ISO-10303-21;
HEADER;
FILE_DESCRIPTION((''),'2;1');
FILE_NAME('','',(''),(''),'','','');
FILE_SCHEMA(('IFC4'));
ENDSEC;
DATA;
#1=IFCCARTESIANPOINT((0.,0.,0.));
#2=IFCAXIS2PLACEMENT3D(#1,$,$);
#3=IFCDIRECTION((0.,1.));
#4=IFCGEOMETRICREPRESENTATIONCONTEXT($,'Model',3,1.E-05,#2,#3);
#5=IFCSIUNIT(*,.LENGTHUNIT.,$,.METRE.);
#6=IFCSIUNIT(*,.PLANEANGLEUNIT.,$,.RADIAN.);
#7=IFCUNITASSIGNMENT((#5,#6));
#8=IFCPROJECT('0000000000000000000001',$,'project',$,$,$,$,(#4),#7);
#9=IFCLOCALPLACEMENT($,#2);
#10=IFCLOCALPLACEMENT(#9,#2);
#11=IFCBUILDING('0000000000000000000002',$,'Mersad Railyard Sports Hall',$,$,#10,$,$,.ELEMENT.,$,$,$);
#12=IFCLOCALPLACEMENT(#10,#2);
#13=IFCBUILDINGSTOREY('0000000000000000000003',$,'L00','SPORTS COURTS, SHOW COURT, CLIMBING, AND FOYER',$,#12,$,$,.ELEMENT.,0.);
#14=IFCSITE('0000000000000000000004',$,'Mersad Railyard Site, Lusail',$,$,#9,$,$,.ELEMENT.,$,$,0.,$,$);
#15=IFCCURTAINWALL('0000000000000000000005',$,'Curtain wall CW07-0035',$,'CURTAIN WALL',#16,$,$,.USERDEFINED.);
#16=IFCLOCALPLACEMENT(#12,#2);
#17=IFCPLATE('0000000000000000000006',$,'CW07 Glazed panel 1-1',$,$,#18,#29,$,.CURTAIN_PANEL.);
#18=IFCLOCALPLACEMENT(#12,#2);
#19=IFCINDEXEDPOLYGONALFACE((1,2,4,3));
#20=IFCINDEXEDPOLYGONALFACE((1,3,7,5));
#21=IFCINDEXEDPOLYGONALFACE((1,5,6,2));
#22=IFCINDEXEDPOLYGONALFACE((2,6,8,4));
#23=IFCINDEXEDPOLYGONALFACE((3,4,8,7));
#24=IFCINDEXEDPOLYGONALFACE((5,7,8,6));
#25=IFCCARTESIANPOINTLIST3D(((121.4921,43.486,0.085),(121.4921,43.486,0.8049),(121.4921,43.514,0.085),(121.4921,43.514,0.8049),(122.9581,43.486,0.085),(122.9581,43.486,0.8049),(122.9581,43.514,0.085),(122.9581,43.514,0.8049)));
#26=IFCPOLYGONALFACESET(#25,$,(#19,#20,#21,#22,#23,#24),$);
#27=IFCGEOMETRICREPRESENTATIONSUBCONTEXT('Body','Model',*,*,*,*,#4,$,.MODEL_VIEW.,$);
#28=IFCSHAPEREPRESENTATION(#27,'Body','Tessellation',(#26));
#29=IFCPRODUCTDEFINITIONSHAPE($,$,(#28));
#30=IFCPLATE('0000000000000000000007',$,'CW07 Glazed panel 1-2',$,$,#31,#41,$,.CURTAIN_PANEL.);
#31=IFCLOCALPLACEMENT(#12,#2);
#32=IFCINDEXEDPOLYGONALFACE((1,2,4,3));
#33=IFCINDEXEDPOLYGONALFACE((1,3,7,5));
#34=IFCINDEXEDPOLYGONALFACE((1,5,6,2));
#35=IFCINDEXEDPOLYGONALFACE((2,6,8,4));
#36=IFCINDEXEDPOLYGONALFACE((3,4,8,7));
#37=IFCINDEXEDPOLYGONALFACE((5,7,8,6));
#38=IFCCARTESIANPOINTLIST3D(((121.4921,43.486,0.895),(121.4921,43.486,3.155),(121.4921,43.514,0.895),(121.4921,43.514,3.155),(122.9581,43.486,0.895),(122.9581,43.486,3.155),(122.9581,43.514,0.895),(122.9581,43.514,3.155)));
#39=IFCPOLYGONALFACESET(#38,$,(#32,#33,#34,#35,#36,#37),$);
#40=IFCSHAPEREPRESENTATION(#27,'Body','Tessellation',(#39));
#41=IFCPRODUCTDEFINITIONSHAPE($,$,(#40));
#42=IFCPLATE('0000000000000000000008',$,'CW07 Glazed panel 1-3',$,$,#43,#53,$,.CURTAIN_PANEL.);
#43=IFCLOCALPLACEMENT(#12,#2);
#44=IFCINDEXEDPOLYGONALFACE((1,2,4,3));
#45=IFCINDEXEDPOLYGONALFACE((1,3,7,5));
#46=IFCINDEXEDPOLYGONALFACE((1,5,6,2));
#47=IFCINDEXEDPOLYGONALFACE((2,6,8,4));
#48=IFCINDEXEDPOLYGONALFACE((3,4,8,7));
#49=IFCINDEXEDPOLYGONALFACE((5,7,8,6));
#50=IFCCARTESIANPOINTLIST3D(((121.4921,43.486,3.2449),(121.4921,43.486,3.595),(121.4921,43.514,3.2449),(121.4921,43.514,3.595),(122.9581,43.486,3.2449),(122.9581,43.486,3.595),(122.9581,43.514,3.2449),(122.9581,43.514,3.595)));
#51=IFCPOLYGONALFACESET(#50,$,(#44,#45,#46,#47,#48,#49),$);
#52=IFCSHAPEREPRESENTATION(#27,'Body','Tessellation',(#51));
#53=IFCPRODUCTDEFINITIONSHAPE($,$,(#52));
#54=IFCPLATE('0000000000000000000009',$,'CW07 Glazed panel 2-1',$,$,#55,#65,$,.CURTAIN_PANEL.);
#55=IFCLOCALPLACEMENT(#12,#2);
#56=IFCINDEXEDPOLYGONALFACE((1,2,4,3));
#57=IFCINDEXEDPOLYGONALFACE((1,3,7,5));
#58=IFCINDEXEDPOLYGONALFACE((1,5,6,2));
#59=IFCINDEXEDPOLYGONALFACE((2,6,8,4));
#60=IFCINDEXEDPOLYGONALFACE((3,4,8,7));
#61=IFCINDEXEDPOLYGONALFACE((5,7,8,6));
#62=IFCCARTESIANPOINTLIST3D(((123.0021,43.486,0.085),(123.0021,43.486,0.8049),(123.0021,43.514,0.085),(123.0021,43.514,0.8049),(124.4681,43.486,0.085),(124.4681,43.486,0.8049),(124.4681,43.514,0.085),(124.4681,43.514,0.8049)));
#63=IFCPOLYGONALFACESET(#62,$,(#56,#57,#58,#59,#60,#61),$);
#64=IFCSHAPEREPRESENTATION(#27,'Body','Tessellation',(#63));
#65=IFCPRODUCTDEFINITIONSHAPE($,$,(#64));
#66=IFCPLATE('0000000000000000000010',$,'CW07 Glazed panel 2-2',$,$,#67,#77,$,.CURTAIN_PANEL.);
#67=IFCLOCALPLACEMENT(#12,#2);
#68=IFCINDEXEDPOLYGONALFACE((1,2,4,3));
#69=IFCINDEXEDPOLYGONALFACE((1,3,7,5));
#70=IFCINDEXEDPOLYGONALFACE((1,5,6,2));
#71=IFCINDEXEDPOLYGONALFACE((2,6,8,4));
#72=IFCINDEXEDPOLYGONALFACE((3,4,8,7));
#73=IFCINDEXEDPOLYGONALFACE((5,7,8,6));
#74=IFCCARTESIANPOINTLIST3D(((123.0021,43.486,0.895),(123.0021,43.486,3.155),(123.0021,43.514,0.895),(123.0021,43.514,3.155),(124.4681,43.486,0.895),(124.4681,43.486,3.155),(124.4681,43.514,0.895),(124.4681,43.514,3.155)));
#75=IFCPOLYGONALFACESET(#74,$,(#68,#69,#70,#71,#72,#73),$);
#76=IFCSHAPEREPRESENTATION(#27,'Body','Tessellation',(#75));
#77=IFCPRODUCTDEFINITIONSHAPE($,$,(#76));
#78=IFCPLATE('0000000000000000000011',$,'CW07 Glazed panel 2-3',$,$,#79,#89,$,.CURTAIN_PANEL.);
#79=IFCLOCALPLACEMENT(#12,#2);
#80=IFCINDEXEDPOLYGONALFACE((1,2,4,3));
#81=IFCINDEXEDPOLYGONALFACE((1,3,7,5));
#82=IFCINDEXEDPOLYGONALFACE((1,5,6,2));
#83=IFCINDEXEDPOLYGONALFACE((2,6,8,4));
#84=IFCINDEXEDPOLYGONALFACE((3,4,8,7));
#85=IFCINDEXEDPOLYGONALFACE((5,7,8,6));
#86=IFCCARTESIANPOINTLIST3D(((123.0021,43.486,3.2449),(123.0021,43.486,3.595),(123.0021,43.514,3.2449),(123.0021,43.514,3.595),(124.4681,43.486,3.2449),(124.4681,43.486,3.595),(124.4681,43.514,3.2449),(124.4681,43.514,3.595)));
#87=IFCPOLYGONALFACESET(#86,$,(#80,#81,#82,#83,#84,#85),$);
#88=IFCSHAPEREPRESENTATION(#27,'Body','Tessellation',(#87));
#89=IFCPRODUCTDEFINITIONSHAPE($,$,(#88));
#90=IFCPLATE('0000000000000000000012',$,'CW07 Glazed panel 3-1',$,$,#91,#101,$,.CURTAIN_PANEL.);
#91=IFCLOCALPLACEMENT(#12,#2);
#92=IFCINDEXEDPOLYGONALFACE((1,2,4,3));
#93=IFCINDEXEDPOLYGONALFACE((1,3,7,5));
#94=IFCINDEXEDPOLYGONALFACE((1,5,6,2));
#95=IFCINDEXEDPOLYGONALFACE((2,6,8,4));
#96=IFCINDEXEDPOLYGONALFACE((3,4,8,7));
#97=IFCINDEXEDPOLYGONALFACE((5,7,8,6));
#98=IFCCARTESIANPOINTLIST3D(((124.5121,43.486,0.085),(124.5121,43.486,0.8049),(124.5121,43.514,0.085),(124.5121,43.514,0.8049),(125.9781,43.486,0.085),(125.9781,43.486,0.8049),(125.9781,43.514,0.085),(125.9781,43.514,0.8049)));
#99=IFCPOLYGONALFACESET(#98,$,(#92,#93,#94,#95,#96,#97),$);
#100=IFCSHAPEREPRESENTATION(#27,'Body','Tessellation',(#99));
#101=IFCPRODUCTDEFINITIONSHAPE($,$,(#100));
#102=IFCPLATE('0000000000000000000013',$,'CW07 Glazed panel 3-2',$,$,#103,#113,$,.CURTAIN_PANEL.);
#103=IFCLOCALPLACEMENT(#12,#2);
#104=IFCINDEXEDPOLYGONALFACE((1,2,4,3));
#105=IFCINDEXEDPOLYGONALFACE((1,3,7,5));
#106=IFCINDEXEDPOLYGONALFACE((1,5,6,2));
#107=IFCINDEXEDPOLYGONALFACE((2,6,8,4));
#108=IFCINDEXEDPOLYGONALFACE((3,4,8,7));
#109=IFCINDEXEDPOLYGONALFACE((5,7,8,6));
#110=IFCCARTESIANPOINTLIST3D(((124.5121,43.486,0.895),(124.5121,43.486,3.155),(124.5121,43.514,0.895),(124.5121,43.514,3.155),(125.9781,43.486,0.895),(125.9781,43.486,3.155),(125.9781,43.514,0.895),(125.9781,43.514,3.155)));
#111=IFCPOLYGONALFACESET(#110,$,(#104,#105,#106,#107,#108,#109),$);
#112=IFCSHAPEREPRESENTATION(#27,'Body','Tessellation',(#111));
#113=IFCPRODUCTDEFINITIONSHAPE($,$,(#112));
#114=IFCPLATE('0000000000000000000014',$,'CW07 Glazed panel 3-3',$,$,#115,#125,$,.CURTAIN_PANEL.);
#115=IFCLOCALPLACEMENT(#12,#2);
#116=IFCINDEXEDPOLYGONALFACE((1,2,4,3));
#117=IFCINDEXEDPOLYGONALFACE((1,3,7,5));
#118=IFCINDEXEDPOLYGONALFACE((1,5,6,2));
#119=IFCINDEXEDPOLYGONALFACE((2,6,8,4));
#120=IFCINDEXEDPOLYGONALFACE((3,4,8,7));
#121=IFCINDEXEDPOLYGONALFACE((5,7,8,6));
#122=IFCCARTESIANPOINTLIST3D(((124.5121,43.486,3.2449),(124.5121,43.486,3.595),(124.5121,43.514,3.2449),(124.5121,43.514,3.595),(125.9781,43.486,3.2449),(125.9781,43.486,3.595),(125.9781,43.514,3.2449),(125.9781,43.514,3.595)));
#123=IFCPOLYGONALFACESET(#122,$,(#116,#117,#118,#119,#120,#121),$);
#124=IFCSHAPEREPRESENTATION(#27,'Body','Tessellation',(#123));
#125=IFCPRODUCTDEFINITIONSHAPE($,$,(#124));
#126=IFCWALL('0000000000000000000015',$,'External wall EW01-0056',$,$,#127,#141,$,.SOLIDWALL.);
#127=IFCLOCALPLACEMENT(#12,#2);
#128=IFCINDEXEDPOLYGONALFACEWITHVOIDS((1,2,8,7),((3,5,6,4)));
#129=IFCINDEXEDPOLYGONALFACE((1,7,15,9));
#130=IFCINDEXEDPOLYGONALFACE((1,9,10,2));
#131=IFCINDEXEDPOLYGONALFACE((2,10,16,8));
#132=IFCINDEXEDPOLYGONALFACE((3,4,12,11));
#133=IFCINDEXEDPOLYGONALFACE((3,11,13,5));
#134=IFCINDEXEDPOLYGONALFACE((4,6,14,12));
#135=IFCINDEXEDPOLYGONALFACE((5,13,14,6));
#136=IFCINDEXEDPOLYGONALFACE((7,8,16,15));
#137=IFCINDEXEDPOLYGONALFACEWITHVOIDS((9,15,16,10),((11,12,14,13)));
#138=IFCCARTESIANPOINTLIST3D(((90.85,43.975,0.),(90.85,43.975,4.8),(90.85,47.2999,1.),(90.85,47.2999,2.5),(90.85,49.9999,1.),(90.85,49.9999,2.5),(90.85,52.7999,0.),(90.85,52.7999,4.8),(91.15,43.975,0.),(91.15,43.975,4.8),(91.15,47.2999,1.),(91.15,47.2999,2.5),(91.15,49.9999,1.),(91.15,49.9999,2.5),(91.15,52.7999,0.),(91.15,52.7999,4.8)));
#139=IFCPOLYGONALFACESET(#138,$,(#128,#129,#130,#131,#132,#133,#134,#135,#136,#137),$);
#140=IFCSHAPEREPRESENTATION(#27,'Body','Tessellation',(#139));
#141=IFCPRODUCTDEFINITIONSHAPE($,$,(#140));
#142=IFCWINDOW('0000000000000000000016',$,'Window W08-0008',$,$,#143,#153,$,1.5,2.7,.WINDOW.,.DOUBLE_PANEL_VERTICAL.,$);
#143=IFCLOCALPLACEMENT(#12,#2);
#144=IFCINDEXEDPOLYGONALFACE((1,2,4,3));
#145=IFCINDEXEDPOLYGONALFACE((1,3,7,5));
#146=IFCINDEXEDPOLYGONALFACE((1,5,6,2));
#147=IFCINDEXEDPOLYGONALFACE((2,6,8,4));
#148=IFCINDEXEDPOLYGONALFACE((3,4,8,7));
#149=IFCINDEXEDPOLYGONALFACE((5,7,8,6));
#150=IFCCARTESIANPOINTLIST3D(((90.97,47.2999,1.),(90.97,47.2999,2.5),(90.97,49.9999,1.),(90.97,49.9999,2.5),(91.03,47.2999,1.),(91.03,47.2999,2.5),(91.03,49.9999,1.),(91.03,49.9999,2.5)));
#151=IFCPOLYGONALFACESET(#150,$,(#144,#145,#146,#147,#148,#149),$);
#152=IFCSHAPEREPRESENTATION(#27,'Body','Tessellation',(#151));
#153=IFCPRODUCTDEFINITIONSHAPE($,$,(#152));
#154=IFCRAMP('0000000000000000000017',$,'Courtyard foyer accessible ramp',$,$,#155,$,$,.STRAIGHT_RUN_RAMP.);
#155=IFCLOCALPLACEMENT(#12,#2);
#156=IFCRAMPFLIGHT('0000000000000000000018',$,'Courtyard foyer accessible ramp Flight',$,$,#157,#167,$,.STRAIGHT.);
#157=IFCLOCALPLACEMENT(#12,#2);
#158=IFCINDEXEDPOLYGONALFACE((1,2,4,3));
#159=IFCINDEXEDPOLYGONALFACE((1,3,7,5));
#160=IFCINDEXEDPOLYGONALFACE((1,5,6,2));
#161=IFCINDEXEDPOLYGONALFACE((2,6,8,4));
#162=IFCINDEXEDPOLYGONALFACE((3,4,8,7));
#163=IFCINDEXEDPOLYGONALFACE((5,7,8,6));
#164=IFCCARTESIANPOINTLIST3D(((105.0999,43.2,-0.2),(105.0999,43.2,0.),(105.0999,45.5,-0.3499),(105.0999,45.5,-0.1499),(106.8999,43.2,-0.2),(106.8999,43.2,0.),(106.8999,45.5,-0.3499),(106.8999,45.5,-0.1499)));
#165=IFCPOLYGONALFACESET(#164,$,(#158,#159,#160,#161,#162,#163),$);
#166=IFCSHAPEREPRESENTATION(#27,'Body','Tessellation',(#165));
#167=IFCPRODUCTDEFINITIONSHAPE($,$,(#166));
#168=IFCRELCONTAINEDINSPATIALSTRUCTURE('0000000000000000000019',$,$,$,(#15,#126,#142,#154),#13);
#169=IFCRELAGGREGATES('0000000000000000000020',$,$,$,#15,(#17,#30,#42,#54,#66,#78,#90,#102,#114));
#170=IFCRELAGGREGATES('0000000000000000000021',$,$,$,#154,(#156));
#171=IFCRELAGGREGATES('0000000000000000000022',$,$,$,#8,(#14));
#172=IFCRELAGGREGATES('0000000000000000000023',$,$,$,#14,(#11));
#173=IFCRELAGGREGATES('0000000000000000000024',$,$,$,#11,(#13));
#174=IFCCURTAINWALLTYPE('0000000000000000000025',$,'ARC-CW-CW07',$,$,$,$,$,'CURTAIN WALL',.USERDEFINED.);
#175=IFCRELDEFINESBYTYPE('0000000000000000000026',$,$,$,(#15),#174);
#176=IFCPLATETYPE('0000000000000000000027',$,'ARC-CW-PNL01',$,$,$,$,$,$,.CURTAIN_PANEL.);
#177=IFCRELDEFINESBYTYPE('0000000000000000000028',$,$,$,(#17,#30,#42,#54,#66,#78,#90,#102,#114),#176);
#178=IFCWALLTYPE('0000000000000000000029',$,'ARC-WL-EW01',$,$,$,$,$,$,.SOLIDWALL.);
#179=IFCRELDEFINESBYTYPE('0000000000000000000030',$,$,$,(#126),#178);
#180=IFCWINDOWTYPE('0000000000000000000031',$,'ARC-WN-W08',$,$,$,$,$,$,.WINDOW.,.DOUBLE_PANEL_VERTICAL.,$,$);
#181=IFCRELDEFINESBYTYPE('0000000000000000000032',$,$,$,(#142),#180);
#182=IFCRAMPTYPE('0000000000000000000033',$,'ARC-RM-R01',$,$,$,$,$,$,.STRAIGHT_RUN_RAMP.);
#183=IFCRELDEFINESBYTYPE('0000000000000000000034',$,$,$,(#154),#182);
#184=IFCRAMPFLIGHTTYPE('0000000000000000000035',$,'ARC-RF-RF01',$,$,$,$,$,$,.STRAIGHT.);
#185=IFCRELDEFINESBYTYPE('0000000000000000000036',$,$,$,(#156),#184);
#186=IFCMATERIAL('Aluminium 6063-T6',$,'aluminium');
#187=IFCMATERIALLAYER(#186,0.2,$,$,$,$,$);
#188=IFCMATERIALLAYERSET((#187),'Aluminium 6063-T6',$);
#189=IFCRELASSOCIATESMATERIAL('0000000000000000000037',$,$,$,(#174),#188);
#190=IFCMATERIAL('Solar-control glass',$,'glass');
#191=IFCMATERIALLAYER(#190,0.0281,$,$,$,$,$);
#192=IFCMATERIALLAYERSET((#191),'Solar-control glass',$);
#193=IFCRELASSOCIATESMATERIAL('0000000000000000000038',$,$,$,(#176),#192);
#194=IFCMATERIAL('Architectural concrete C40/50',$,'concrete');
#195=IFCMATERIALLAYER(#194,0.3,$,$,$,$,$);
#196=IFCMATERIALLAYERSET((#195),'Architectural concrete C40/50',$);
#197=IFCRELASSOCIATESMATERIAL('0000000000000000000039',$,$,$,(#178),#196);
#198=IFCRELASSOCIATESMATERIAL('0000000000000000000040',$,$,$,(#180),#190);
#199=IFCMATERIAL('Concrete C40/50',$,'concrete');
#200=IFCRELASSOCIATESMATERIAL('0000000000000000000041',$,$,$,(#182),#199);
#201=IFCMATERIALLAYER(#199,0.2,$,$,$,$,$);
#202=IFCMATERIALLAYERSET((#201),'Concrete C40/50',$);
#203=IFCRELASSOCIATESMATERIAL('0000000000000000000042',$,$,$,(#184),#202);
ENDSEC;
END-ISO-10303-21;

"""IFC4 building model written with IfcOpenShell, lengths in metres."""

from ifc_helpers import new_model, si_unit, direction, frame, frame_2d, origin, origin_2d, place, context, subcontext, project, spatial, polyline, rectangle, outline, extrude, material, layer, layer_set, type_object, element, fill, aggregate, save


model = new_model("IFC4")

# Units and contexts
model_context = context("Model", 3, precision=1e-05, world=origin(), true_north=direction((0.0, 1.0)))
body_context = subcontext(model_context, "Body", "Model", "MODEL_VIEW")
ifc_project = project(units=[si_unit("LENGTHUNIT", "METRE"), si_unit("PLANEANGLEUNIT", "RADIAN")], contexts=[model_context])

# Site, building, storey
site_placement = place(None, origin())
site = spatial("IfcSite", under=ifc_project, at=site_placement, Name="Mersad Railyard Site, Lusail", CompositionType="ELEMENT", RefElevation=0.0)
building_placement = place(site_placement, origin())
building = spatial("IfcBuilding", under=site, at=building_placement, Name="Mersad Railyard Sports Hall", CompositionType="ELEMENT")
storey_placement = place(building_placement, origin())
storey = spatial("IfcBuildingStorey", under=building, at=storey_placement, Name="L00", Description="SPORTS COURTS, SHOW COURT, CLIMBING, AND FOYER", CompositionType="ELEMENT", Elevation=0.0)

# Curtain wall, plates
ifc_material_1 = material(Name="Aluminium 6063-T6", Category="aluminium")
ifc_layer_1 = layer(ifc_material_1, 0.2)
ifc_layer_set_1 = layer_set([ifc_layer_1], Name="Aluminium 6063-T6")
curtain_wall_type = type_object("IfcCurtainWallType", Name="ARC-CW-CW07", ElementType="CURTAIN WALL", PredefinedType="USERDEFINED", material=ifc_layer_set_1)
curtain_wall_placement = place(storey_placement, origin())
curtain_wall = element("IfcCurtainWall", 1, at=curtain_wall_placement, inside=storey, type_object=curtain_wall_type, Name="Curtain wall CW07-0035", ObjectType="CURTAIN WALL", PredefinedType="USERDEFINED")
ifc_material_2 = material(Name="Solar-control glass", Category="glass")
ifc_layer_2 = layer(ifc_material_2, 0.0281)
ifc_layer_set_2 = layer_set([ifc_layer_2], Name="Solar-control glass")
plate_type = type_object("IfcPlateType", Name="ARC-CW-PNL01", PredefinedType="CURTAIN_PANEL", material=ifc_layer_set_2)
plate_1_placement = place(storey_placement, frame((122.2251, 43.5, 0.085), z_axis=(0.0, 0.0, 1.0), x_axis=(1.0, 0.0, 0.0)))
plate_1 = element("IfcPlate", 2, at=plate_1_placement, type_object=plate_type, Name="CW07 Glazed panel 1-1", PredefinedType="CURTAIN_PANEL", context=body_context, shape_type="SweptSolid", body=[
    extrude(rectangle(XDim=1.4661, YDim=0.0281, at=origin_2d()), origin(), (0.0, 0.0, 1.0), 0.72),
])
plate_2_placement = place(storey_placement, frame((122.2251, 43.5, 0.895), z_axis=(0.0, 0.0, 1.0), x_axis=(1.0, 0.0, 0.0)))
plate_2 = element("IfcPlate", 3, at=plate_2_placement, type_object=plate_type, Name="CW07 Glazed panel 1-2", PredefinedType="CURTAIN_PANEL", context=body_context, shape_type="SweptSolid", body=[
    extrude(rectangle(XDim=1.4661, YDim=0.0281, at=origin_2d()), origin(), (0.0, 0.0, 1.0), 2.26),
])
plate_3_placement = place(storey_placement, frame((122.2251, 43.5, 3.2449), z_axis=(0.0, 0.0, 1.0), x_axis=(1.0, 0.0, 0.0)))
plate_3 = element("IfcPlate", 4, at=plate_3_placement, type_object=plate_type, Name="CW07 Glazed panel 1-3", PredefinedType="CURTAIN_PANEL", context=body_context, shape_type="SweptSolid", body=[
    extrude(rectangle(XDim=1.4661, YDim=0.0281, at=origin_2d()), origin(), (0.0, 0.0, 1.0), 0.3501),
])
plate_4_placement = place(storey_placement, frame((123.7351, 43.5, 0.085), z_axis=(0.0, 0.0, 1.0), x_axis=(1.0, 0.0, 0.0)))
plate_4 = element("IfcPlate", 5, at=plate_4_placement, type_object=plate_type, Name="CW07 Glazed panel 2-1", PredefinedType="CURTAIN_PANEL", context=body_context, shape_type="SweptSolid", body=[
    extrude(rectangle(XDim=1.4661, YDim=0.0281, at=origin_2d()), origin(), (0.0, 0.0, 1.0), 0.72),
])
plate_5_placement = place(storey_placement, frame((123.7351, 43.5, 0.895), z_axis=(0.0, 0.0, 1.0), x_axis=(1.0, 0.0, 0.0)))
plate_5 = element("IfcPlate", 6, at=plate_5_placement, type_object=plate_type, Name="CW07 Glazed panel 2-2", PredefinedType="CURTAIN_PANEL", context=body_context, shape_type="SweptSolid", body=[
    extrude(rectangle(XDim=1.4661, YDim=0.0281, at=origin_2d()), origin(), (0.0, 0.0, 1.0), 2.26),
])
plate_6_placement = place(storey_placement, frame((123.7351, 43.5, 3.2449), z_axis=(0.0, 0.0, 1.0), x_axis=(1.0, 0.0, 0.0)))
plate_6 = element("IfcPlate", 7, at=plate_6_placement, type_object=plate_type, Name="CW07 Glazed panel 2-3", PredefinedType="CURTAIN_PANEL", context=body_context, shape_type="SweptSolid", body=[
    extrude(rectangle(XDim=1.4661, YDim=0.0281, at=origin_2d()), origin(), (0.0, 0.0, 1.0), 0.3501),
])
plate_7_placement = place(storey_placement, frame((125.2451, 43.5, 0.085), z_axis=(0.0, 0.0, 1.0), x_axis=(1.0, 0.0, 0.0)))
plate_7 = element("IfcPlate", 8, at=plate_7_placement, type_object=plate_type, Name="CW07 Glazed panel 3-1", PredefinedType="CURTAIN_PANEL", context=body_context, shape_type="SweptSolid", body=[
    extrude(rectangle(XDim=1.4661, YDim=0.0281, at=origin_2d()), origin(), (0.0, 0.0, 1.0), 0.72),
])
plate_8_placement = place(storey_placement, frame((125.2451, 43.5, 0.895), z_axis=(0.0, 0.0, 1.0), x_axis=(1.0, 0.0, 0.0)))
plate_8 = element("IfcPlate", 9, at=plate_8_placement, type_object=plate_type, Name="CW07 Glazed panel 3-2", PredefinedType="CURTAIN_PANEL", context=body_context, shape_type="SweptSolid", body=[
    extrude(rectangle(XDim=1.4661, YDim=0.0281, at=origin_2d()), origin(), (0.0, 0.0, 1.0), 2.26),
])
plate_9_placement = place(storey_placement, frame((125.2451, 43.5, 3.2449), z_axis=(0.0, 0.0, 1.0), x_axis=(1.0, 0.0, 0.0)))
plate_9 = element("IfcPlate", 10, at=plate_9_placement, type_object=plate_type, Name="CW07 Glazed panel 3-3", PredefinedType="CURTAIN_PANEL", context=body_context, shape_type="SweptSolid", body=[
    extrude(rectangle(XDim=1.4661, YDim=0.0281, at=origin_2d()), origin(), (0.0, 0.0, 1.0), 0.3501),
])
aggregate(curtain_wall, [plate_1, plate_2, plate_3, plate_4, plate_5, plate_6, plate_7, plate_8, plate_9])

# Wall, opening, window
ifc_material_3 = material(Name="Architectural concrete C40/50", Category="concrete")
ifc_layer_3 = layer(ifc_material_3, 0.3)
ifc_layer_set_3 = layer_set([ifc_layer_3], Name="Architectural concrete C40/50")
wall_type = type_object("IfcWallType", Name="ARC-WL-EW01", PredefinedType="SOLIDWALL", material=ifc_layer_set_3)
wall_placement = place(storey_placement, frame((91.0, 52.8, 0.0), z_axis=(0.0, 0.0, 1.0), x_axis=(0.0, -1.0, 0.0)))
wall = element("IfcWall", 11, at=wall_placement, inside=storey, type_object=wall_type, Name="External wall EW01-0056", PredefinedType="SOLIDWALL", context=body_context, shape_type="SweptSolid", body=[
    extrude(rectangle(XDim=8.825, YDim=0.3, at=frame_2d((4.4126, 0.0))), origin(), (0.0, 0.0, 1.0), 4.8),
])
opening_placement = place(wall_placement, frame((2.8, 0.0, 1.0)))
opening = element("IfcOpeningElement", 12, at=opening_placement, cuts=wall, PredefinedType="OPENING", context=body_context, shape_type="SweptSolid", body=[
    extrude(rectangle(XDim=2.7, YDim=1.5, at=frame_2d((1.3501, 0.75))), frame((0.0, 0.1599, 0.0), z_axis=(0.0, -1.0, 0.0), x_axis=(1.0, 0.0, 0.0)), (0.0, 0.0, 1.0), 0.3201),
])
window_type = type_object("IfcWindowType", Name="ARC-WN-W08", PartitioningType="DOUBLE_PANEL_VERTICAL", PredefinedType="WINDOW", material=ifc_material_2)
window_placement = place(opening_placement, origin())
window = element("IfcWindow", 13, at=window_placement, inside=storey, type_object=window_type, Name="Window W08-0008", OverallHeight=1.5, OverallWidth=2.7, PartitioningType="DOUBLE_PANEL_VERTICAL", PredefinedType="WINDOW", context=body_context, shape_type="SweptSolid", body=[
    extrude(rectangle(XDim=2.7, YDim=1.5, at=frame_2d((1.3501, 0.75))), frame((0.0, 0.03, 0.0), z_axis=(0.0, -1.0, 0.0), x_axis=(1.0, 0.0, 0.0)), (0.0, 0.0, 1.0), 0.0601),
])
fill(opening, window)

# Ramp, ramp flight
ifc_material_4 = material(Name="Concrete C40/50", Category="concrete")
ramp_type = type_object("IfcRampType", Name="ARC-RM-R01", PredefinedType="STRAIGHT_RUN_RAMP", material=ifc_material_4)
ramp_placement = place(storey_placement, origin())
ramp = element("IfcRamp", 14, at=ramp_placement, inside=storey, type_object=ramp_type, Name="Courtyard foyer accessible ramp", PredefinedType="STRAIGHT_RUN_RAMP")
ifc_layer_4 = layer(ifc_material_4, 0.2)
ifc_layer_set_4 = layer_set([ifc_layer_4], Name="Concrete C40/50")
ramp_flight_type = type_object("IfcRampFlightType", Name="ARC-RF-RF01", PredefinedType="STRAIGHT", material=ifc_layer_set_4)
ramp_flight_placement = place(storey_placement, frame((106.0, 45.5, -0.1499), z_axis=(0.0, 0.0, 1.0), x_axis=(0.0, -1.0, 0.0)))
ramp_flight = element("IfcRampFlight", 15, at=ramp_flight_placement, type_object=ramp_flight_type, Name="Courtyard foyer accessible ramp Flight", PredefinedType="STRAIGHT", context=body_context, shape_type="SweptSolid", body=[
    extrude(outline(polyline([(0.0, -0.2), (0.0, 0.0), (2.3, 0.1499), (2.3, -0.05), (0.0, -0.2)])), frame((0.0, 0.8999, 0.0), z_axis=(0.0, -1.0, 0.0), x_axis=(1.0, 0.0, 0.0)), (0.0, 0.0, 1.0), 1.8),
])
aggregate(ramp, [ramp_flight])

save(model, "model.ifc")
